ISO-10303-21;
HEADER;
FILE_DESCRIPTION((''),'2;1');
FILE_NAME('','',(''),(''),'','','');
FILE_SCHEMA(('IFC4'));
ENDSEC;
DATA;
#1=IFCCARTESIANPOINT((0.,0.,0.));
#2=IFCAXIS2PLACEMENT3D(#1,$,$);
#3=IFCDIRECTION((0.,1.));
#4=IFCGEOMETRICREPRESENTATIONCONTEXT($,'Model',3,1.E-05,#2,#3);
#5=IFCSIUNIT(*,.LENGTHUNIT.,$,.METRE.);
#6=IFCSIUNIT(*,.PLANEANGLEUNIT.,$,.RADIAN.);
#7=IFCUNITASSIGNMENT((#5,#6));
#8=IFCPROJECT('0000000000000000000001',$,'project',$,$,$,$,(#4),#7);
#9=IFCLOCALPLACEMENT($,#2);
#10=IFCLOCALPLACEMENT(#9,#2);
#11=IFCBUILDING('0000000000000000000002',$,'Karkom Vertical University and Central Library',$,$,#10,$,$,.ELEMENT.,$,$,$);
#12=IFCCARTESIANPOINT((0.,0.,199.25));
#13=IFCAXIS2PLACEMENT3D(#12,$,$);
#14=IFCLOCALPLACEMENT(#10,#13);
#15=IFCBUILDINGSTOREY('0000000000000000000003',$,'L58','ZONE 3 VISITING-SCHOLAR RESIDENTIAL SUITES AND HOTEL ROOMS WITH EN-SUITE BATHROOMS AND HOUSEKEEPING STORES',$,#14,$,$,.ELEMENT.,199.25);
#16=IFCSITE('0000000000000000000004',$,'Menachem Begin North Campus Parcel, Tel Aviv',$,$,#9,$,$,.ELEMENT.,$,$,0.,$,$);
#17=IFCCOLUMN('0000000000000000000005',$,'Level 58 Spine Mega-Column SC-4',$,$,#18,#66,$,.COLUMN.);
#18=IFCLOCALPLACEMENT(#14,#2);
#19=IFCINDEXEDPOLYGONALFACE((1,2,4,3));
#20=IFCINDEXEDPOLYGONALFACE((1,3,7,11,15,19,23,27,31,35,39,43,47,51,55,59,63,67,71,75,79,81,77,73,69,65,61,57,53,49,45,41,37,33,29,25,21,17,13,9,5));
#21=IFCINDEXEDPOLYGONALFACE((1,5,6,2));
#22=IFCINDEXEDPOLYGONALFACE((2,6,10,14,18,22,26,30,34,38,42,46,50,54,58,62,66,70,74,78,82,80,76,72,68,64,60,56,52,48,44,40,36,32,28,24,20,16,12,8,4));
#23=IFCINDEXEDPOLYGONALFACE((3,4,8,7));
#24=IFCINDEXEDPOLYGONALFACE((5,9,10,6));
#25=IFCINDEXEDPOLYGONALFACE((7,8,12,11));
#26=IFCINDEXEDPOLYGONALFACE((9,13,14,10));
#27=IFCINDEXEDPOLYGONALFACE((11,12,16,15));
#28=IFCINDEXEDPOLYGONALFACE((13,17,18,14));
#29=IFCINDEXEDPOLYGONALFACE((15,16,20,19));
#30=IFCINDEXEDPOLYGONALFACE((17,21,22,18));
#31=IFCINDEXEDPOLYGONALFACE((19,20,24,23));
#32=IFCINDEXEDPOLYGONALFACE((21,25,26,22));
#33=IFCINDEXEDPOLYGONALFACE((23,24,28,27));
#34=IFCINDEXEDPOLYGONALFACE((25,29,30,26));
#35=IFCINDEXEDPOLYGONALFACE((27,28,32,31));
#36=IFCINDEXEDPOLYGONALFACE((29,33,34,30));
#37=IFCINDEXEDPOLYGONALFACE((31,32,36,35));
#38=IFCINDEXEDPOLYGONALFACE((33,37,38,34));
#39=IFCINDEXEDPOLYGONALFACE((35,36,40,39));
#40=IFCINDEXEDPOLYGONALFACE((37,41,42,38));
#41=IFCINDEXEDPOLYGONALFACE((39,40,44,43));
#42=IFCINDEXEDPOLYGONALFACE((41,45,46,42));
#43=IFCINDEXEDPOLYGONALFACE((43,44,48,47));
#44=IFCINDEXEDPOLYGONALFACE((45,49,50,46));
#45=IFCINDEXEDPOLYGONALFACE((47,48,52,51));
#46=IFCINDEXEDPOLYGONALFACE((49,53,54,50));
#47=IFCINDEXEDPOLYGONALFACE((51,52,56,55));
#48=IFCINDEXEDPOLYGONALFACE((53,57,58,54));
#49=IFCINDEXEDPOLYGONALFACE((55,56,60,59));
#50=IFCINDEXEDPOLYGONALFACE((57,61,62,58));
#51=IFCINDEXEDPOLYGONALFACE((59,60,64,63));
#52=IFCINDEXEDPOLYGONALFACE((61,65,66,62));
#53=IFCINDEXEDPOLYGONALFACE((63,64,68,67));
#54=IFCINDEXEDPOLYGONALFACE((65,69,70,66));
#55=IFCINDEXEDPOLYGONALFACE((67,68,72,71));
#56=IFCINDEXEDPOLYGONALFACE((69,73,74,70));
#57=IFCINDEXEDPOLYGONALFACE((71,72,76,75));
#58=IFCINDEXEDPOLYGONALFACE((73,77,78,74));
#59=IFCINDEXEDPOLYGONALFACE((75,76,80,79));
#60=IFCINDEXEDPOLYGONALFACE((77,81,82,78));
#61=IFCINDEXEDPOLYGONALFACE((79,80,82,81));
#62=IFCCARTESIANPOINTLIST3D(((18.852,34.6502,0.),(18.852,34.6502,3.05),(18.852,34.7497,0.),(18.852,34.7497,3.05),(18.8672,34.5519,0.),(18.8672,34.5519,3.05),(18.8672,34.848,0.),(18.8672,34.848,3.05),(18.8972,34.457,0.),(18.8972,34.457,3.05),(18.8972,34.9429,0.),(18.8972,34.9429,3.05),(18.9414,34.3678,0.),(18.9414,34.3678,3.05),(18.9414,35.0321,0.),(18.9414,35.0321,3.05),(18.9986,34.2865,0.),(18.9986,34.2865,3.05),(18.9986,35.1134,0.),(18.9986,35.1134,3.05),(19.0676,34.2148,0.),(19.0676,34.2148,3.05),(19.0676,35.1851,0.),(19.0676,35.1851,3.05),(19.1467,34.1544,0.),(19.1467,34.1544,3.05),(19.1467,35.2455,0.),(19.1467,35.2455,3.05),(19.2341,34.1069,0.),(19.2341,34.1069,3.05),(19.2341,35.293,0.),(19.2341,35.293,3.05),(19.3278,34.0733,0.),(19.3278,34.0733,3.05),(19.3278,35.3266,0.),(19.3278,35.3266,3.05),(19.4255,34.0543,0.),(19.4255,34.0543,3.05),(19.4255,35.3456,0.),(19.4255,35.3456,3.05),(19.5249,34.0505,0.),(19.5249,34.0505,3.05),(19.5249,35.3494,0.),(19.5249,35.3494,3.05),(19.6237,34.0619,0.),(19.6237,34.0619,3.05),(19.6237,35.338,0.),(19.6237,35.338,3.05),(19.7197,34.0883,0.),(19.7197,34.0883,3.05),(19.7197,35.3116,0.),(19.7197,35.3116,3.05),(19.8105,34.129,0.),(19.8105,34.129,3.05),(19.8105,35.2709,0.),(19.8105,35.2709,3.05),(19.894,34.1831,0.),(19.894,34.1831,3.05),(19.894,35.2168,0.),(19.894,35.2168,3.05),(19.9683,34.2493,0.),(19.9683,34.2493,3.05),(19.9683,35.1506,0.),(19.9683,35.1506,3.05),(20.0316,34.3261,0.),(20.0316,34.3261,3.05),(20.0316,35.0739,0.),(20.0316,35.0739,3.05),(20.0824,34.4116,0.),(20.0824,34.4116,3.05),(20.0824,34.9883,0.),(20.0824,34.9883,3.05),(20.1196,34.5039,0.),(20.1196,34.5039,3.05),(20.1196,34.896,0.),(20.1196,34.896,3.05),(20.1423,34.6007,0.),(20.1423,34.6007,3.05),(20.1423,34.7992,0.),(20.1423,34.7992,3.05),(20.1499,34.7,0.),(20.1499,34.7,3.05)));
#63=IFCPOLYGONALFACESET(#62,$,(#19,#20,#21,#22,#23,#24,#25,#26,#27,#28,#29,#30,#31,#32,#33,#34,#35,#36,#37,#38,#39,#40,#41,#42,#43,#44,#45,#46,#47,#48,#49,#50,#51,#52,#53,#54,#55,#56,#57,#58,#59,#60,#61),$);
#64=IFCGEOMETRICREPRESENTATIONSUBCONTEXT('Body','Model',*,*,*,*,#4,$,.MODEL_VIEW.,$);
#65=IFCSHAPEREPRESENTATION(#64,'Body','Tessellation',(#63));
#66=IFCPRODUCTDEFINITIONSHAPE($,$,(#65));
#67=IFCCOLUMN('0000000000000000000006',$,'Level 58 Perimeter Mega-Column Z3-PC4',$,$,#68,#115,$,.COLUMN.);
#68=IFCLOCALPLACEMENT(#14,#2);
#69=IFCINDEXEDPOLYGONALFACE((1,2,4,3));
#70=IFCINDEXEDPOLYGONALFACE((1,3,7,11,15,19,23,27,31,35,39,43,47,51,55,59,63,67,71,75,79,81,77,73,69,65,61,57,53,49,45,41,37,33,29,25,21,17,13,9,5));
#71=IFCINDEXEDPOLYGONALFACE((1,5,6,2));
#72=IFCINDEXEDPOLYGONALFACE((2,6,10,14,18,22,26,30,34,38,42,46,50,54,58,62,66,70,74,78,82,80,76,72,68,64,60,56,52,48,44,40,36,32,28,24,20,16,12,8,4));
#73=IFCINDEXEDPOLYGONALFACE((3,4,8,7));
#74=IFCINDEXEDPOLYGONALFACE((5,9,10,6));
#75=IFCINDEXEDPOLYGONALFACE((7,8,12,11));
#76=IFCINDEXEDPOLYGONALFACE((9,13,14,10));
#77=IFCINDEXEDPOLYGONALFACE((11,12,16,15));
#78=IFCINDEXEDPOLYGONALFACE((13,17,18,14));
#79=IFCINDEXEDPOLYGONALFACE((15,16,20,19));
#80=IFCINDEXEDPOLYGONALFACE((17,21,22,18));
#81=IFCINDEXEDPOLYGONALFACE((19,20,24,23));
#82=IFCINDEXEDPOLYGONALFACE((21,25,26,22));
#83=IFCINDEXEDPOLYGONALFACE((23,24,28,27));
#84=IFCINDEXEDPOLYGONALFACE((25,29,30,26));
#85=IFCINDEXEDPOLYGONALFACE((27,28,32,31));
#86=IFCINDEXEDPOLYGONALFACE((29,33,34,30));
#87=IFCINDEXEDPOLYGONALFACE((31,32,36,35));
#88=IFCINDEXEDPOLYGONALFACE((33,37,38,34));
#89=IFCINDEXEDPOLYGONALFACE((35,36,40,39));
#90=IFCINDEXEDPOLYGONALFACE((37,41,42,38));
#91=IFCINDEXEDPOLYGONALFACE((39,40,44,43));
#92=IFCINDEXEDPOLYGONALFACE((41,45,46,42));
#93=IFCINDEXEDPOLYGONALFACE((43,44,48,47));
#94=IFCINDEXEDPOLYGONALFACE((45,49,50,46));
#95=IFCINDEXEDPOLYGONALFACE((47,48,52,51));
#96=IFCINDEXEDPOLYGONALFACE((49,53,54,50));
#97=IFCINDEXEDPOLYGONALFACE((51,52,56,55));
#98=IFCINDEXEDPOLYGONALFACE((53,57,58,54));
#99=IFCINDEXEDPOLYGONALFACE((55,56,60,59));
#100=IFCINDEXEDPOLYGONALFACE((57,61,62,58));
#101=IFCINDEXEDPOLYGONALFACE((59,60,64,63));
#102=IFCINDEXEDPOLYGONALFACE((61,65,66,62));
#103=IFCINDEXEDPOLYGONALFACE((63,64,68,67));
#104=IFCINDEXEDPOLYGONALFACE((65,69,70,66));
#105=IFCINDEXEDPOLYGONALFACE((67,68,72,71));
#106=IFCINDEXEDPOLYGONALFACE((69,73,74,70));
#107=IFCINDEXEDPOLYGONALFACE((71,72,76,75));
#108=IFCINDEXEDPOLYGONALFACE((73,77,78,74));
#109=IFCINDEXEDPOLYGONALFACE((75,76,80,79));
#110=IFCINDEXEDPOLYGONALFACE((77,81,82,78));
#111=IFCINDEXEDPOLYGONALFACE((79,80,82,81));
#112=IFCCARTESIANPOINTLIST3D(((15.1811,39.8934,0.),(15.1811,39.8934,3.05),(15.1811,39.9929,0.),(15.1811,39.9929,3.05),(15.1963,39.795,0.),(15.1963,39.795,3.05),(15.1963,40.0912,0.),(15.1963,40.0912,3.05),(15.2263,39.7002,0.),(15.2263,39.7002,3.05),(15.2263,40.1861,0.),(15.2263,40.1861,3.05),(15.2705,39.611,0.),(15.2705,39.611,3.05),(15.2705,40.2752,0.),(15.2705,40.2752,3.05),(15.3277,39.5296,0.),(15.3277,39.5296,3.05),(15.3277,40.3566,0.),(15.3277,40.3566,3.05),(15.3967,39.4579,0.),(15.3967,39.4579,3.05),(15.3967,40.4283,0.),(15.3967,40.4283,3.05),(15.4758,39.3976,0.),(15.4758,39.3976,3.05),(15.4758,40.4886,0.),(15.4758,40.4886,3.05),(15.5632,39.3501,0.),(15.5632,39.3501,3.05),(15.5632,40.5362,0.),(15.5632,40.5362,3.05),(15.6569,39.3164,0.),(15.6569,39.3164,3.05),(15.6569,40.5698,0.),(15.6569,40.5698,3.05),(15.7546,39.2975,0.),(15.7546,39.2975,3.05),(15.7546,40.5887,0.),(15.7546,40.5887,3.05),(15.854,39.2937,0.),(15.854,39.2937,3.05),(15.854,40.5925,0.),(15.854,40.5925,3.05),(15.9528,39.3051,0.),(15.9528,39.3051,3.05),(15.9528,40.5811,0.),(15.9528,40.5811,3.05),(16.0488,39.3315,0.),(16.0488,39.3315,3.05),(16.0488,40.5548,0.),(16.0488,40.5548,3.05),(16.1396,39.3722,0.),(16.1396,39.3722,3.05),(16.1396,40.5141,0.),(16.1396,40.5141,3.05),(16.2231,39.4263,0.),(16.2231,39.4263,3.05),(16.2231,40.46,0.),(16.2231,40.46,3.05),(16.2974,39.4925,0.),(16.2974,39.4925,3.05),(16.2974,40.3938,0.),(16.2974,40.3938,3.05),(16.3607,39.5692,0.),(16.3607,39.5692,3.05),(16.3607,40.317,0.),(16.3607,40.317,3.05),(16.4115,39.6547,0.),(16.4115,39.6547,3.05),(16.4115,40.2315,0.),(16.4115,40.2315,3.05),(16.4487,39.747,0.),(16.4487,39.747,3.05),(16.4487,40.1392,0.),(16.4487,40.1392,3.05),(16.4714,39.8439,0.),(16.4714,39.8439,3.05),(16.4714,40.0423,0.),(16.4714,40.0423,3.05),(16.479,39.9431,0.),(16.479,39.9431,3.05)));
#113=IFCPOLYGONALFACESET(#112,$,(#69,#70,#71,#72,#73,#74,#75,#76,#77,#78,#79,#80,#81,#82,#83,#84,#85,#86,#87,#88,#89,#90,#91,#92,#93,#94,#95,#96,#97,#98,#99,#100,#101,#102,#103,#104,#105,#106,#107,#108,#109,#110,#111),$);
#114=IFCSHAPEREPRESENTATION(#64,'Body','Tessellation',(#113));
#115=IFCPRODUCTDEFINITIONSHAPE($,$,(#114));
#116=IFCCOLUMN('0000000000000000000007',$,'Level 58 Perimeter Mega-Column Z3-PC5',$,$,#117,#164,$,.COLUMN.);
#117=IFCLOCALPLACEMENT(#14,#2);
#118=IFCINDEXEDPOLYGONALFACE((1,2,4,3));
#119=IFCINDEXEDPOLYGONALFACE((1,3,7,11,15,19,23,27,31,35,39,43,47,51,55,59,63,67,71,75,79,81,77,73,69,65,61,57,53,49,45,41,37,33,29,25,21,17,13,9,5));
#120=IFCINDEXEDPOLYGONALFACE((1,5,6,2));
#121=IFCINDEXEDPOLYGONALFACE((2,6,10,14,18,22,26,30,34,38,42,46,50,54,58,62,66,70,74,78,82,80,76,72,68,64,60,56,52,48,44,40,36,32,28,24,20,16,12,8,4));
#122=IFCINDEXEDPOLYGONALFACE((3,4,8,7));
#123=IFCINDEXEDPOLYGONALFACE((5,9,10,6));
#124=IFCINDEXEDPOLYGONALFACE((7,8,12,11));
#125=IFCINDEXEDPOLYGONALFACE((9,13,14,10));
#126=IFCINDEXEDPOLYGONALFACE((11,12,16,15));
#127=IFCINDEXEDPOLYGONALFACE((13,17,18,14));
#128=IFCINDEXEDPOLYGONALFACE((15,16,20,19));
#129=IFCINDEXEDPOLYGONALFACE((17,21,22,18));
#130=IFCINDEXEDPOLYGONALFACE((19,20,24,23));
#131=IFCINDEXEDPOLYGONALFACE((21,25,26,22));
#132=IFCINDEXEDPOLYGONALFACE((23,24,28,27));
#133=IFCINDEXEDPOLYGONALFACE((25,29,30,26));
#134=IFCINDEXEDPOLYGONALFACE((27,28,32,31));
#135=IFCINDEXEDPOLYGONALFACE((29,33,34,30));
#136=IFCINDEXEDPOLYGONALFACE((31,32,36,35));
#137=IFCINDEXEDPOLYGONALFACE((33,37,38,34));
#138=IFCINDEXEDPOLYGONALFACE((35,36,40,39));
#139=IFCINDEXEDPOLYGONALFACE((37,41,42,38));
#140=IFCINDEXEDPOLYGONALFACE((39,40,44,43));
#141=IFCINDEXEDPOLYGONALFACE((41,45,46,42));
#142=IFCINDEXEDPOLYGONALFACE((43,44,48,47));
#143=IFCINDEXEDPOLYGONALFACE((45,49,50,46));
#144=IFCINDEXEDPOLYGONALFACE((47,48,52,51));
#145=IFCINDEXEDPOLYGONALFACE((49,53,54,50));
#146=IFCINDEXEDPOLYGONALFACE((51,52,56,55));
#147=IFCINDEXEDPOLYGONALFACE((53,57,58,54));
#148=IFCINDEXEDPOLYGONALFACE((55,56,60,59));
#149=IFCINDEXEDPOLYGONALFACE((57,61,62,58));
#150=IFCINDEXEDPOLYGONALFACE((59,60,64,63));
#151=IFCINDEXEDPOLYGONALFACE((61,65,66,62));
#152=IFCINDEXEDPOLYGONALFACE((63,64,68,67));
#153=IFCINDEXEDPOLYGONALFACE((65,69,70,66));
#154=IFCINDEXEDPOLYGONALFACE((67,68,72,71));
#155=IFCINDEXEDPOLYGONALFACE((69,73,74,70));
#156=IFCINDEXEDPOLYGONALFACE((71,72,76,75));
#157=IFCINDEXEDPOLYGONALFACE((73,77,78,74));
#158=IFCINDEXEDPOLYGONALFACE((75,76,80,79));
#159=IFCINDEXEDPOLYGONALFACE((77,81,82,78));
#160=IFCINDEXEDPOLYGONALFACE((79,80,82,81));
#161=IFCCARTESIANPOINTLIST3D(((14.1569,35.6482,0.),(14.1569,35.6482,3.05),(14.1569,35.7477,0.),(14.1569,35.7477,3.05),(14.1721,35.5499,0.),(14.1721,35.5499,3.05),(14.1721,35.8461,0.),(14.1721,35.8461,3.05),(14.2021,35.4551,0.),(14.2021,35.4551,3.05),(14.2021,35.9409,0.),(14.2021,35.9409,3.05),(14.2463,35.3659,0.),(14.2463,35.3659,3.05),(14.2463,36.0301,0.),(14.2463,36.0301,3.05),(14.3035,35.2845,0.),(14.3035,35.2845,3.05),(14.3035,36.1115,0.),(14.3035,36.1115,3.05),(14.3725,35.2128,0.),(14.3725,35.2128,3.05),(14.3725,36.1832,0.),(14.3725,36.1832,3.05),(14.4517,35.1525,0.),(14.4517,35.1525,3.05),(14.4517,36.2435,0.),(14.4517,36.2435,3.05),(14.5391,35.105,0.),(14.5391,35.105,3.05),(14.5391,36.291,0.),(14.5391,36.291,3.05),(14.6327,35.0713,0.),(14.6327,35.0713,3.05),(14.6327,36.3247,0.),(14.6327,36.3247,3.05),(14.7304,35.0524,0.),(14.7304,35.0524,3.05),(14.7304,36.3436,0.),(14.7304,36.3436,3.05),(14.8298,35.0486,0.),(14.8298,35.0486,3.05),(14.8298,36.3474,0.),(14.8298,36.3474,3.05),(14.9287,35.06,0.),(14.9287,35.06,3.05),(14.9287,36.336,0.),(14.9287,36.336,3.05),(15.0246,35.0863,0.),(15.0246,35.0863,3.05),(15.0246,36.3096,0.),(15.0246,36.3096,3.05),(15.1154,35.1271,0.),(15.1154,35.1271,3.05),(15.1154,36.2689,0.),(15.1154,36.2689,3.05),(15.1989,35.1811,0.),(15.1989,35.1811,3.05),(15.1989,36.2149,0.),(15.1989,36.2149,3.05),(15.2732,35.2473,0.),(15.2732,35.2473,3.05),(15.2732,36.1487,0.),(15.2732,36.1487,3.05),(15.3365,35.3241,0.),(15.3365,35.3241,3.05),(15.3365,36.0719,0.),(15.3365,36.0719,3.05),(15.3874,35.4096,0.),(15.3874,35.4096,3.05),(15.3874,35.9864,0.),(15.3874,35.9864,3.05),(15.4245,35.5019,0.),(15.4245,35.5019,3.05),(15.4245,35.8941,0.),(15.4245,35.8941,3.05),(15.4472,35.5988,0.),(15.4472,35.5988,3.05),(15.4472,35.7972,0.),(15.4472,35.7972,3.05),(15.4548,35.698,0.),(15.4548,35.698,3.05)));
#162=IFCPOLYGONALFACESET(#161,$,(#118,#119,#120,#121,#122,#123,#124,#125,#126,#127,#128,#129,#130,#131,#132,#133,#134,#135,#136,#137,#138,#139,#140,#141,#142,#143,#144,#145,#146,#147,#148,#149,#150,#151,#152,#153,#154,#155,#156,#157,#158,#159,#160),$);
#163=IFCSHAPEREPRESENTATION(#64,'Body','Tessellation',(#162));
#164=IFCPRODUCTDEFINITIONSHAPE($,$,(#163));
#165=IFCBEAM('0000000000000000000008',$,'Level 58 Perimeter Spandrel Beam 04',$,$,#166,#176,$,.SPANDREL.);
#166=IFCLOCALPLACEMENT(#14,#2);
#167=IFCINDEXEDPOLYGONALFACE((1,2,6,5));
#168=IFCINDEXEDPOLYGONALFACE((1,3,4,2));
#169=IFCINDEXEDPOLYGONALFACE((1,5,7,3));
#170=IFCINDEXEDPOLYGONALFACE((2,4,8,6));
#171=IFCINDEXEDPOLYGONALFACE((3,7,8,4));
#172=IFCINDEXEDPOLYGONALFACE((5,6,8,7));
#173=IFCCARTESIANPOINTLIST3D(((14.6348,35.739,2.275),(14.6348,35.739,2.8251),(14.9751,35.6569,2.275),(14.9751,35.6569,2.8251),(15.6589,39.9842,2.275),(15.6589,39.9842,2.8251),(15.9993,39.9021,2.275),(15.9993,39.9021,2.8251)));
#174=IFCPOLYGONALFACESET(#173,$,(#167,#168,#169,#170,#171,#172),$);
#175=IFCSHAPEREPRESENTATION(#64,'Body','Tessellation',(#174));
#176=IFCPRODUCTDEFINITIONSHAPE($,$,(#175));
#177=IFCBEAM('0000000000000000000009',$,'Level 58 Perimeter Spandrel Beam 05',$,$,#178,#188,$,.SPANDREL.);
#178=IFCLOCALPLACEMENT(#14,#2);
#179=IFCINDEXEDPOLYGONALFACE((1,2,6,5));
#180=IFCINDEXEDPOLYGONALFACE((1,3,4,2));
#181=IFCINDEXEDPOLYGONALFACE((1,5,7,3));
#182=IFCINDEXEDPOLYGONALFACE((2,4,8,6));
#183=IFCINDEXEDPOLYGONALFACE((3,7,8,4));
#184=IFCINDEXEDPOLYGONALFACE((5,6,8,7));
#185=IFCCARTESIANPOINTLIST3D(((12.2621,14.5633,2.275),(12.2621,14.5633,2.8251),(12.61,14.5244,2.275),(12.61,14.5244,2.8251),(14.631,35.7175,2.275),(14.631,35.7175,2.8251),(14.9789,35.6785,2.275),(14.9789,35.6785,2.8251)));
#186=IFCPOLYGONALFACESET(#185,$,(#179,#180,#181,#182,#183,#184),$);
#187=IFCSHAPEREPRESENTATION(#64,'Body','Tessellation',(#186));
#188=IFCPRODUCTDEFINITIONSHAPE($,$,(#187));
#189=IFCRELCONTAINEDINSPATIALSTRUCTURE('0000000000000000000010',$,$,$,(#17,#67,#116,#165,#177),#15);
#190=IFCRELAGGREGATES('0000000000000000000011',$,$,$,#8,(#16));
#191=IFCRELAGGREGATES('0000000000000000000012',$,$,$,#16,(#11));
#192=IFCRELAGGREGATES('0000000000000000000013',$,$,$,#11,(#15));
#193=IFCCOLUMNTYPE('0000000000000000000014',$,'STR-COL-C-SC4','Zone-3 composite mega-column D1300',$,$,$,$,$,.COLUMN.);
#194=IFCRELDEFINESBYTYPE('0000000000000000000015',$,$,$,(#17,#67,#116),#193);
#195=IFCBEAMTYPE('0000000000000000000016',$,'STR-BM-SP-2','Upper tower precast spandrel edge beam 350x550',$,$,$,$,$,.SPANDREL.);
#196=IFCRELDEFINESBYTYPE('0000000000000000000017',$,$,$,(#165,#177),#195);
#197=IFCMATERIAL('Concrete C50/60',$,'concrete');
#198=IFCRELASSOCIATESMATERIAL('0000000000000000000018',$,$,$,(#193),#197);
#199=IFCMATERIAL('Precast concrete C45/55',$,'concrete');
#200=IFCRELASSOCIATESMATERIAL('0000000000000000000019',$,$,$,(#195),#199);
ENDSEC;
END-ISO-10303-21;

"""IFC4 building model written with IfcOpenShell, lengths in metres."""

from ifc_helpers import new_model, si_unit, direction, frame, origin, origin_with_axes, origin_2d, place, context, subcontext, project, spatial, rectangle, circle, extrude, source, transform, mapped, material, material_profile, profile_set, type_object, element, save


model = new_model("IFC4")

# Units and contexts
model_context = context("Model", 3, precision=1e-05, world=origin(), true_north=direction((0.0, 1.0)))
body_context = subcontext(model_context, "Body", "Model", "MODEL_VIEW")
ifc_project = project(units=[si_unit("LENGTHUNIT", "METRE"), si_unit("PLANEANGLEUNIT", "RADIAN")], contexts=[model_context])

# Site, building, storey
site_placement = place(None, origin())
site = spatial("IfcSite", under=ifc_project, at=site_placement, Name="Menachem Begin North Campus Parcel, Tel Aviv", CompositionType="ELEMENT", RefElevation=0.0)
building_placement = place(site_placement, origin())
building = spatial("IfcBuilding", under=site, at=building_placement, Name="Karkom Vertical University and Central Library", CompositionType="ELEMENT")
storey_placement = place(building_placement, frame((0.0, 0.0, 199.25)))
storey = spatial("IfcBuildingStorey", under=building, at=storey_placement, Name="L58", Description="ZONE 3 VISITING-SCHOLAR RESIDENTIAL SUITES AND HOTEL ROOMS WITH EN-SUITE BATHROOMS AND HOUSEKEEPING STORES", CompositionType="ELEMENT", Elevation=199.25)

# Columns
ifc_material_1 = material(Name="Concrete C50/60", Category="concrete")
ifc_material_profile_1 = material_profile(ifc_material_1, circle(Radius=0.6499, at=origin_2d()), Name="CFT-D1300")
ifc_profile_set_1 = profile_set([ifc_material_profile_1], Name="Concrete C50/60")
column_type = type_object("IfcColumnType", Name="STR-COL-C-SC4", Description="Zone-3 composite mega-column D1300", PredefinedType="COLUMN", material=ifc_profile_set_1)
shared_shape_1 = source(origin_with_axes(), body_context, "Body", "SweptSolid", [
    extrude(circle(Radius=0.6499, at=origin_2d()), origin(), (0.0, 0.0, 1.0), 3.05),
])
for number, where, z_axis, x_axis, name in (
    (1, (19.5, 34.7, 0.0), (0.0, 0.0, 1.0), (1.0, 0.0, 0.0), "Level 58 Spine Mega-Column SC-4"),
    (2, (15.8291, 39.9431, 0.0), (0.0, 0.0, 1.0), (1.0, 0.0, 0.0), "Level 58 Perimeter Mega-Column Z3-PC4"),
    (3, (14.8049, 35.698, 0.0), (0.0, 0.0, 1.0), (1.0, 0.0, 0.0), "Level 58 Perimeter Mega-Column Z3-PC5"),
):
    element("IfcColumn", number, at=place(storey_placement, frame(where, z_axis=z_axis, x_axis=x_axis)), inside=storey, type_object=column_type, Name=name, PredefinedType="COLUMN", context=body_context, shape_type="MappedRepresentation", body=[
        mapped(shared_shape_1, transform((0.0, 0.0, 0.0), scale=1.0)),
    ])

# Beams
ifc_material_2 = material(Name="Precast concrete C45/55", Category="concrete")
ifc_material_profile_2 = material_profile(ifc_material_2, rectangle(XDim=0.3501, YDim=0.55, at=origin_2d()), Name="SPB-350x550")
ifc_profile_set_2 = profile_set([ifc_material_profile_2], Name="Precast concrete C45/55")
beam_type_1 = type_object("IfcBeamType", Name="STR-BM-SP-2", Description="Upper tower precast spandrel edge beam 350x550", PredefinedType="SPANDREL", material=ifc_profile_set_2)
shared_shape_2 = source(origin_with_axes(), body_context, "Body", "SweptSolid", [
    extrude(rectangle(XDim=0.3501, YDim=0.55, at=origin_2d()), origin(), (0.0, 0.0, 1.0), 4.3669),
])
beam_1_placement = place(storey_placement, frame((15.8291, 39.9431, 2.55), z_axis=(-0.234529, -0.972109, 0.0), x_axis=(0.972109, -0.234529, 0.0)))
element("IfcBeam", 4, at=beam_1_placement, inside=storey, type_object=beam_type_1, Name="Level 58 Perimeter Spandrel Beam 04", PredefinedType="SPANDREL", context=body_context, shape_type="MappedRepresentation", body=[
    mapped(shared_shape_2, transform((0.0, 0.0, 0.0), scale=1.0)),
])
shared_shape_3 = source(origin_with_axes(), body_context, "Body", "SweptSolid", [
    extrude(rectangle(XDim=0.3501, YDim=0.55, at=origin_2d()), origin(), (0.0, 0.0, 1.0), 21.2864),
])
beam_2_placement = place(storey_placement, frame((14.8049, 35.698, 2.55), z_axis=(-0.111287, -0.993788, 0.0), x_axis=(0.993788, -0.111287, 0.0)))
element("IfcBeam", 5, at=beam_2_placement, inside=storey, type_object=beam_type_1, Name="Level 58 Perimeter Spandrel Beam 05", PredefinedType="SPANDREL", context=body_context, shape_type="MappedRepresentation", body=[
    mapped(shared_shape_3, transform((0.0, 0.0, 0.0), scale=1.0)),
])

save(model, "model.ifc")
